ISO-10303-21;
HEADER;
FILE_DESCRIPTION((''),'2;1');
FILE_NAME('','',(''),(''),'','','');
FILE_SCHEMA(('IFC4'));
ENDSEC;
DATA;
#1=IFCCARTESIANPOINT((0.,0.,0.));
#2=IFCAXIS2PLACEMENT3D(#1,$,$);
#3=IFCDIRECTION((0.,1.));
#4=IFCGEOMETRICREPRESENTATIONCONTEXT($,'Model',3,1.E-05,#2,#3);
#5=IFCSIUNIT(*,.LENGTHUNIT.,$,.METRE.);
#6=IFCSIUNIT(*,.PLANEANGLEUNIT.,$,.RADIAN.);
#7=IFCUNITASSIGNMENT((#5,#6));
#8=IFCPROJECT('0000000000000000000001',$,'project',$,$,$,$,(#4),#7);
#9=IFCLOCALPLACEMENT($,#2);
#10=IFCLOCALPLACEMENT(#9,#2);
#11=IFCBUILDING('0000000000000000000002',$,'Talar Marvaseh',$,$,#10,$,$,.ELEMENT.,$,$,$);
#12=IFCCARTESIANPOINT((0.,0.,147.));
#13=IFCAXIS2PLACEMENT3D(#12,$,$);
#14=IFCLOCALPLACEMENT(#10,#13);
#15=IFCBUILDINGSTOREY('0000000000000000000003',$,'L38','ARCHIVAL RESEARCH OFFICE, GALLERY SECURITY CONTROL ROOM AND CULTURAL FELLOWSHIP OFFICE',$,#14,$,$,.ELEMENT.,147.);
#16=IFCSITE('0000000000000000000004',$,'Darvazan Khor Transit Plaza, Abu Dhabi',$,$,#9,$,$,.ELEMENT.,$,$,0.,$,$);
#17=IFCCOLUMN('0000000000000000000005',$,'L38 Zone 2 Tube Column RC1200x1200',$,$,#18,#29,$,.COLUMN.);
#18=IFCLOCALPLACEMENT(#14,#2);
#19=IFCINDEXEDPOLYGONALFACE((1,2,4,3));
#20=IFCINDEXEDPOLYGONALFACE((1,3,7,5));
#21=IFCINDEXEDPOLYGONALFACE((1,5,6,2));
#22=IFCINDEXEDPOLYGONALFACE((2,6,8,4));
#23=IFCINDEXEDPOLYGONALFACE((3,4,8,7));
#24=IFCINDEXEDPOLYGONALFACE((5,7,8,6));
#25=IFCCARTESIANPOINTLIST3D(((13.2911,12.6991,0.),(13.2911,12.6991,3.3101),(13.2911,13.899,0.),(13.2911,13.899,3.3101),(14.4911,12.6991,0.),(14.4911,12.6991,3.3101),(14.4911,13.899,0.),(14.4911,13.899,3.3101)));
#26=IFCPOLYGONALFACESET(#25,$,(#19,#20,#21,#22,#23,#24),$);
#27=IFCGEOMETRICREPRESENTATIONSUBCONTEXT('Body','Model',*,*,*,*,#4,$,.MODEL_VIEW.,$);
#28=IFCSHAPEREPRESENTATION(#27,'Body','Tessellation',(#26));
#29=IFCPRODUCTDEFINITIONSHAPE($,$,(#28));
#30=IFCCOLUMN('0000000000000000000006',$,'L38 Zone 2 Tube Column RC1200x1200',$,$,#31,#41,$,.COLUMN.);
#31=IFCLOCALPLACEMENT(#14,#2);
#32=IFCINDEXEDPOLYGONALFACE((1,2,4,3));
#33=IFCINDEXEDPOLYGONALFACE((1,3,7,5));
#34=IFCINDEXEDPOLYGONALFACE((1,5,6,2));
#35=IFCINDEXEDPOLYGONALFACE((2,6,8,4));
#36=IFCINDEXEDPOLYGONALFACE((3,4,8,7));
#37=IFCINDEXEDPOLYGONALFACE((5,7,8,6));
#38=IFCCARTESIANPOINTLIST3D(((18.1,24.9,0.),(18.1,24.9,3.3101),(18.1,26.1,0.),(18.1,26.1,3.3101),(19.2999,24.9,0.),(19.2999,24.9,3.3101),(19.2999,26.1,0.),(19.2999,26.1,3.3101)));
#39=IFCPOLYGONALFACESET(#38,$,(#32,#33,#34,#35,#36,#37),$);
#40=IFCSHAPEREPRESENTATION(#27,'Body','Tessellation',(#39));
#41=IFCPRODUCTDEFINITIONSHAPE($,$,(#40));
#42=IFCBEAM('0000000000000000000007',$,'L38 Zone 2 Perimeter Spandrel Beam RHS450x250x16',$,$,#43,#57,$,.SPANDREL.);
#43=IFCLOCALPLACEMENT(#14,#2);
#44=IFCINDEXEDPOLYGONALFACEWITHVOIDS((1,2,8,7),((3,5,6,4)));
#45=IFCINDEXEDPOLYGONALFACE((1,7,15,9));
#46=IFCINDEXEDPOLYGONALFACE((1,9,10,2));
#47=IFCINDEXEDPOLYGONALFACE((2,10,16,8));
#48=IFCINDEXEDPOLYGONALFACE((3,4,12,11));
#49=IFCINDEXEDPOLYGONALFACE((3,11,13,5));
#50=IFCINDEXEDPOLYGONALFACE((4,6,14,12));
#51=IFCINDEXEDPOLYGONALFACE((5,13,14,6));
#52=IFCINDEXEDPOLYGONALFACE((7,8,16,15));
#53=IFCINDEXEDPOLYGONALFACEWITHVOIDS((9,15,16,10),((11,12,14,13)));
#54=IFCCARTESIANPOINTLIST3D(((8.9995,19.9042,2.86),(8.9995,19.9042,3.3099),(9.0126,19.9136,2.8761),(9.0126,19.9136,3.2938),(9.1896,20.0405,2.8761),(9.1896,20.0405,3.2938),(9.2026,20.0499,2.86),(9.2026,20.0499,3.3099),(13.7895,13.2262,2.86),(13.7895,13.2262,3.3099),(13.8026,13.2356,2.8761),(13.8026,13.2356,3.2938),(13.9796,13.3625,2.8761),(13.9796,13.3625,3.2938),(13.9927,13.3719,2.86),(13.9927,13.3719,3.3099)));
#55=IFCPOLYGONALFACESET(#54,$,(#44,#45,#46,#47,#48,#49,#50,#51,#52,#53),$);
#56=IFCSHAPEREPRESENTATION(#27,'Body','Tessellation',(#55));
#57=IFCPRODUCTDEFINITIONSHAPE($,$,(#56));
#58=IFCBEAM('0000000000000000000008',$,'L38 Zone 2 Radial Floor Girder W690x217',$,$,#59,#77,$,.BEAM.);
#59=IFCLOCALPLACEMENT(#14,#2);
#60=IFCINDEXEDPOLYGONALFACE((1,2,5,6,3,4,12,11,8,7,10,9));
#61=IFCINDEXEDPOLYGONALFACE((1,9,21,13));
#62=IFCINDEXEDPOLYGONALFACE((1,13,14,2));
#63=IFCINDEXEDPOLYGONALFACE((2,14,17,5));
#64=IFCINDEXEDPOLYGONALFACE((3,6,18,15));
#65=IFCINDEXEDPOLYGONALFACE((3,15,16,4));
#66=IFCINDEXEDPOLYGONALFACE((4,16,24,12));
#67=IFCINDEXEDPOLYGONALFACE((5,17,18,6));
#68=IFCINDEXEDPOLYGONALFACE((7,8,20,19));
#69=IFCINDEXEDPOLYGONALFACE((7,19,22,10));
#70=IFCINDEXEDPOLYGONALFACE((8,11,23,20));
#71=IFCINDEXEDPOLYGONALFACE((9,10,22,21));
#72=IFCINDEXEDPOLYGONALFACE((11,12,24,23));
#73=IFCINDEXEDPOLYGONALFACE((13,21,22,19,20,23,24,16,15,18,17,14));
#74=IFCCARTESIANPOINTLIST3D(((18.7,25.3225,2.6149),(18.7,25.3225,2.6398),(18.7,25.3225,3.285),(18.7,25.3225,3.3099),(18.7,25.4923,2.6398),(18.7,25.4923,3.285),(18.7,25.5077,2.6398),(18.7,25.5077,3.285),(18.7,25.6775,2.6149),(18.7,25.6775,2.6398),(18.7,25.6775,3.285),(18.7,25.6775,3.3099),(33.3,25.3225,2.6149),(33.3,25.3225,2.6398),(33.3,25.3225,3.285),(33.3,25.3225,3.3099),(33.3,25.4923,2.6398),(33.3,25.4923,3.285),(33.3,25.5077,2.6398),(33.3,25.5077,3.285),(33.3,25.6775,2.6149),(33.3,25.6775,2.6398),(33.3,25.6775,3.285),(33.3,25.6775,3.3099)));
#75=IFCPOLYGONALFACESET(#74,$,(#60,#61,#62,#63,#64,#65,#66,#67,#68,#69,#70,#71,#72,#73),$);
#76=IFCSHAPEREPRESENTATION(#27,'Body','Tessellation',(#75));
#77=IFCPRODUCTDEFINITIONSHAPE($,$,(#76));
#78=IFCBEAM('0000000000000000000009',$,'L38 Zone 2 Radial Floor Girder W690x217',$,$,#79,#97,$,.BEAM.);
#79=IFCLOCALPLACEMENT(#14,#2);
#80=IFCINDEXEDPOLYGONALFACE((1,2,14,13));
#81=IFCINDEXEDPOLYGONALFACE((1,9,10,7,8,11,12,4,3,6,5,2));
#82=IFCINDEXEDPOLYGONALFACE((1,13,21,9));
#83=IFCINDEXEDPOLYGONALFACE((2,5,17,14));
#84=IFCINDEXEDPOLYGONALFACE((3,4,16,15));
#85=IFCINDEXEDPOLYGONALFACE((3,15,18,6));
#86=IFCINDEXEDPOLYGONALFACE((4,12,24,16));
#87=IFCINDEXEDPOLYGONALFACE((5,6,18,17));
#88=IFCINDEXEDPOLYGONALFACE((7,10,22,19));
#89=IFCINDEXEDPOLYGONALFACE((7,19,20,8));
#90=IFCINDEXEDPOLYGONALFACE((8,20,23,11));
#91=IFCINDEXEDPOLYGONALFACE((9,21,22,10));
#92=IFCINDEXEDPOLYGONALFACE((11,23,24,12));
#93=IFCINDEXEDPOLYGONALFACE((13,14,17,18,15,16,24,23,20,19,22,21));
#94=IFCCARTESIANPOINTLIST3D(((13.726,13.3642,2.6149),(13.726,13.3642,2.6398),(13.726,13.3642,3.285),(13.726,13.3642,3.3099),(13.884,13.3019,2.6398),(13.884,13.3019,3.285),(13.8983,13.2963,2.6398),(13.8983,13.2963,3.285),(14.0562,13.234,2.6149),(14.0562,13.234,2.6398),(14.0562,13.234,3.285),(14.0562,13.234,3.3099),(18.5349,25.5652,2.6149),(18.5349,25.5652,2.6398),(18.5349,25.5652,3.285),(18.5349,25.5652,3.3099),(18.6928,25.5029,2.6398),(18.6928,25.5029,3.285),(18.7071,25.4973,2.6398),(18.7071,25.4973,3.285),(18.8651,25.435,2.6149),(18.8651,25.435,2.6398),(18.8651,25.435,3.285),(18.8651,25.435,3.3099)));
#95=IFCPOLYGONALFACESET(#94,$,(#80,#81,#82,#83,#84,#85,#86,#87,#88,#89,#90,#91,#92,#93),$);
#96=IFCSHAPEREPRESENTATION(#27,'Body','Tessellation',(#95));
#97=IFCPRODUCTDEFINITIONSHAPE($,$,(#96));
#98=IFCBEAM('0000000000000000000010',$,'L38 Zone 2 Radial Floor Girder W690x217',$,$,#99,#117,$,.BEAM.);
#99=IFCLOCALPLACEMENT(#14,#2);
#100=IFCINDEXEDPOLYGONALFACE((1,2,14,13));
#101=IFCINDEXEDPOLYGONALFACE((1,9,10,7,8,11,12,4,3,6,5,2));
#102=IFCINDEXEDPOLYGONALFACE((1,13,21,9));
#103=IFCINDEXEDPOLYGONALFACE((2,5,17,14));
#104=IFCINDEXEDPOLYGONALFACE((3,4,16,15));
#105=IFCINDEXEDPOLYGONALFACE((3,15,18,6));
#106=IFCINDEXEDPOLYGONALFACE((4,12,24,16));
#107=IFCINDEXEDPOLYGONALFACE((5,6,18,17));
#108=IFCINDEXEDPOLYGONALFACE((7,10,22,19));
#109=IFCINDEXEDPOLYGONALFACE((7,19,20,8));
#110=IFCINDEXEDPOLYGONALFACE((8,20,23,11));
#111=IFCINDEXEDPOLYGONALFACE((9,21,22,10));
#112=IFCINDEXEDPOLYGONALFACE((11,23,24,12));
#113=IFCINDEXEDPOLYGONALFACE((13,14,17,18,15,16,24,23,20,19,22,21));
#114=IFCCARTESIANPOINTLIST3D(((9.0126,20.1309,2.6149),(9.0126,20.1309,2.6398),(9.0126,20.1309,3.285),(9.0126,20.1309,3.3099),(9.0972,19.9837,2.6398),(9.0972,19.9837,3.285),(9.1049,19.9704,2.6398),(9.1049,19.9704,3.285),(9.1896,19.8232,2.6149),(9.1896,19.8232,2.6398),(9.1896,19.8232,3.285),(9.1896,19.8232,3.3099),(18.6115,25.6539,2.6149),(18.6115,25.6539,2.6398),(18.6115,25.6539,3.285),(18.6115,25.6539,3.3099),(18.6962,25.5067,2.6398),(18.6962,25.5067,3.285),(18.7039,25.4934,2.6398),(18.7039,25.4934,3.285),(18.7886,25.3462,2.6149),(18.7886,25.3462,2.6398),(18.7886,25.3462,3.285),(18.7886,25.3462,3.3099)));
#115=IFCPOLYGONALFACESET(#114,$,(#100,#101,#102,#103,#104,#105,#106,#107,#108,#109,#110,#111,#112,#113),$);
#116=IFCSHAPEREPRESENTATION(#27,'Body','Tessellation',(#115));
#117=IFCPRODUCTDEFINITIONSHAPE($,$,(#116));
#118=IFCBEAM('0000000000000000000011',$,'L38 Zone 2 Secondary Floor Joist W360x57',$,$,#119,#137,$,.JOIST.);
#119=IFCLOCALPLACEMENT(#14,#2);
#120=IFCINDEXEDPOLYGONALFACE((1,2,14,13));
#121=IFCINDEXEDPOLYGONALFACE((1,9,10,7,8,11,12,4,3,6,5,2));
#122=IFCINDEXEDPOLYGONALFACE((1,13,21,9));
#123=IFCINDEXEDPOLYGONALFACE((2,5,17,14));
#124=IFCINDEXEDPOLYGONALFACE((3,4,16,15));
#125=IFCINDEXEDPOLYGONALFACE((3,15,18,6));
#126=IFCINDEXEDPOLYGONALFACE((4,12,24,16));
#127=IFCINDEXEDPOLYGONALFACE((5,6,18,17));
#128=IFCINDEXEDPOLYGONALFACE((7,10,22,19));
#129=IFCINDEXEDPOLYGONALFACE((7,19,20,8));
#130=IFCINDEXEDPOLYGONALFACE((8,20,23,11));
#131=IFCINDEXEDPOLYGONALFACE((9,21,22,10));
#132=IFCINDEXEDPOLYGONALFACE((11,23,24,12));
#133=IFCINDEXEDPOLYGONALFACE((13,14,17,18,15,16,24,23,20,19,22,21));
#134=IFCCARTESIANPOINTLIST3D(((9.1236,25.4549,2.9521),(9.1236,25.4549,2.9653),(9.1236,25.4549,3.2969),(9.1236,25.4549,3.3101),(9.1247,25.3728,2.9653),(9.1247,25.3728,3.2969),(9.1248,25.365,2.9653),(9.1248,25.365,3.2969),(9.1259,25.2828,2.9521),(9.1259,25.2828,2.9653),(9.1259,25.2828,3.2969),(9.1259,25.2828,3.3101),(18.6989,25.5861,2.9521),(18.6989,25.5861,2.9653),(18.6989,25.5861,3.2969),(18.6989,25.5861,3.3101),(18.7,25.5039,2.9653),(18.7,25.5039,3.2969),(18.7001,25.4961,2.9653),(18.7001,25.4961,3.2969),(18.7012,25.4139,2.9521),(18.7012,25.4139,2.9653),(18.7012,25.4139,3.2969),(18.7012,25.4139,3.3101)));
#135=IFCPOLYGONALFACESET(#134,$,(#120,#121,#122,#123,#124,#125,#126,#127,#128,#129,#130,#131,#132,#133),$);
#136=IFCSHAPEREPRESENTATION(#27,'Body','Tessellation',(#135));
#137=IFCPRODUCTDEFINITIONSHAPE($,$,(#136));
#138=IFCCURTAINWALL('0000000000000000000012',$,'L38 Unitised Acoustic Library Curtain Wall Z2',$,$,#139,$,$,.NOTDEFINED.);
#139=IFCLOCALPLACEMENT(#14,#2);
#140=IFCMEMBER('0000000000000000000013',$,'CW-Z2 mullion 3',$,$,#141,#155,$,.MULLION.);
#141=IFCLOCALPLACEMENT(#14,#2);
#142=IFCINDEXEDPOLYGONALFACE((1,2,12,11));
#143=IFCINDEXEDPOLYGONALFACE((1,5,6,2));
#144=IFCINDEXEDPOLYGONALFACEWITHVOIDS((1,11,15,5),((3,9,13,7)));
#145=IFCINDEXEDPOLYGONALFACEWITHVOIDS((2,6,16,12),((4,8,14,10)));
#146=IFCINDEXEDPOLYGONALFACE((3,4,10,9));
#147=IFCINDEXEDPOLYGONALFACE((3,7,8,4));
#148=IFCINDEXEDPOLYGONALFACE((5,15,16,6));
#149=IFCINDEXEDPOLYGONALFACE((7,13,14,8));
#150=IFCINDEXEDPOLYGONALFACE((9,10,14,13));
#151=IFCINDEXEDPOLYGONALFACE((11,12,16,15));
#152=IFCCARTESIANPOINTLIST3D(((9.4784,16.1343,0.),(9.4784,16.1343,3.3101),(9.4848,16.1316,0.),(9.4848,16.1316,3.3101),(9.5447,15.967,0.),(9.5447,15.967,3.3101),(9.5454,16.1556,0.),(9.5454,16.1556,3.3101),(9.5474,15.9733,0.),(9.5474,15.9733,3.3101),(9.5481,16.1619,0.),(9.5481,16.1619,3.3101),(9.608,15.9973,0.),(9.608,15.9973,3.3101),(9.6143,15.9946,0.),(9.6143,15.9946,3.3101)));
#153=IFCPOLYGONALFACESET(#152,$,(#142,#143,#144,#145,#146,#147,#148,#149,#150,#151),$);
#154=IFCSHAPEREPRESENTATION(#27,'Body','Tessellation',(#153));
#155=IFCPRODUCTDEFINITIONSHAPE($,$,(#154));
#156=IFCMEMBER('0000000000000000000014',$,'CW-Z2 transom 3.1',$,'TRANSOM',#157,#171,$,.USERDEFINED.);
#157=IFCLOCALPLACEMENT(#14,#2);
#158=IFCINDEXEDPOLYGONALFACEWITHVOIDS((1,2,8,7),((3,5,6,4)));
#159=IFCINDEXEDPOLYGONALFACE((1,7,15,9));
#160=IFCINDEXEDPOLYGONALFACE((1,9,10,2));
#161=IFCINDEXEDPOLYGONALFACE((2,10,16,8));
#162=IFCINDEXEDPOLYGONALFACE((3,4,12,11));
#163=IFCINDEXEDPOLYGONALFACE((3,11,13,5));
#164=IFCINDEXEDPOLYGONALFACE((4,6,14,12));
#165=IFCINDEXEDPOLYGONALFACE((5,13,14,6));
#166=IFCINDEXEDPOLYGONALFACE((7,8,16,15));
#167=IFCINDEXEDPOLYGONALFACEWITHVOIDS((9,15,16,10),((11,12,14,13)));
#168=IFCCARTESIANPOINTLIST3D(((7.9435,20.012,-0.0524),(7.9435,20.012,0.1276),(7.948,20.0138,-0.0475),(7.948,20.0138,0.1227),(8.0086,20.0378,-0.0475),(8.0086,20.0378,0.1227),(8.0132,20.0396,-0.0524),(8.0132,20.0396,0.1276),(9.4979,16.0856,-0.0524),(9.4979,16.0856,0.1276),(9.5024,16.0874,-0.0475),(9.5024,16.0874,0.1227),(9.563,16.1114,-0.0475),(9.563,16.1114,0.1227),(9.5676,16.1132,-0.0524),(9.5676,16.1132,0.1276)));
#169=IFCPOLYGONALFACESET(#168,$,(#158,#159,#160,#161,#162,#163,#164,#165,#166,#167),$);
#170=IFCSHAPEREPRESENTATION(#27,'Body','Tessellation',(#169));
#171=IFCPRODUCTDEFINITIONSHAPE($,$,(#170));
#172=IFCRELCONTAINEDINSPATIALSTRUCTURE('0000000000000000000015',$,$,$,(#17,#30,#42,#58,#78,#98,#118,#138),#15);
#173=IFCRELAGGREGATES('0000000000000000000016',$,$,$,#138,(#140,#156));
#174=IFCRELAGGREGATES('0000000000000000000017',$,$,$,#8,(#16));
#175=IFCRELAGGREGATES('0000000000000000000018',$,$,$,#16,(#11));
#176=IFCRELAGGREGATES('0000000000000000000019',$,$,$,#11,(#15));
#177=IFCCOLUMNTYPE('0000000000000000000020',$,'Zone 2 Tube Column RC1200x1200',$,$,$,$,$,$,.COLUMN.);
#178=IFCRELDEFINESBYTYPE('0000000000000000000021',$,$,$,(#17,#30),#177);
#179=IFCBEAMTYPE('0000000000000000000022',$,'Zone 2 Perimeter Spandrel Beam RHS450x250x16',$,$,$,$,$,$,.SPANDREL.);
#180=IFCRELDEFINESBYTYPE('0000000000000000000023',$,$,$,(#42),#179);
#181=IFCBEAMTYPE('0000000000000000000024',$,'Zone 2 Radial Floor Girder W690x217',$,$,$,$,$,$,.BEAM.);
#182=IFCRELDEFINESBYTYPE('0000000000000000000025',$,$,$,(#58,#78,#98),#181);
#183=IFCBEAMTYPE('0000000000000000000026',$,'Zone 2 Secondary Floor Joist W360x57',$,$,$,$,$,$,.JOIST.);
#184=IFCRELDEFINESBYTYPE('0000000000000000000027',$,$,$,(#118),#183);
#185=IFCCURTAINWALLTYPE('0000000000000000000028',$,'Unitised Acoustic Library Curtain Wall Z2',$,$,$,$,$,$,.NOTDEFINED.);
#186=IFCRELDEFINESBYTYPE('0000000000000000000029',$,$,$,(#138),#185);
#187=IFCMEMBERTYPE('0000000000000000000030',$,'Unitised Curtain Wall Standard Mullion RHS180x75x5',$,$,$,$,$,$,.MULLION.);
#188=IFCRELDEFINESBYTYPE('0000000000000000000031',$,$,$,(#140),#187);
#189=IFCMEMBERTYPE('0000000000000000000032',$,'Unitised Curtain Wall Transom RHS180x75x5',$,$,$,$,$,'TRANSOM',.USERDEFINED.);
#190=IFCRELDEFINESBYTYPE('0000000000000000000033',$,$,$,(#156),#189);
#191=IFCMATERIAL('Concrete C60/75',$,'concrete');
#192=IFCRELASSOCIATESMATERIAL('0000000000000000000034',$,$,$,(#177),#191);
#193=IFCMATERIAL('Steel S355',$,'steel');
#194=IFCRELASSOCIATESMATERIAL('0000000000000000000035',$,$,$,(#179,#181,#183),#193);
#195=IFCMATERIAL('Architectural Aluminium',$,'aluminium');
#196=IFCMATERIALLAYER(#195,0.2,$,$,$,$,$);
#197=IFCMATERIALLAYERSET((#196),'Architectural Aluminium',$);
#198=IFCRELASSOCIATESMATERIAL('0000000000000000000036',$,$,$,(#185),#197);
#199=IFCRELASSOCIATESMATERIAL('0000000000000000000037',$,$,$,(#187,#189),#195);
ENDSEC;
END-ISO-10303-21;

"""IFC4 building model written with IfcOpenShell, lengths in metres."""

from ifc_helpers import new_model, si_unit, direction, frame, origin, origin_2d, place, context, subcontext, project, spatial, rectangle, hollow_rectangle, i_section, extrude, source, transform, mapped, material, layer, layer_set, material_profile, profile_set, type_object, type_shapes, element, aggregate, save


model = new_model("IFC4")

# Units and contexts
model_context = context("Model", 3, precision=1e-05, world=origin(), true_north=direction((0.0, 1.0)))
body_context = subcontext(model_context, "Body", "Model", "MODEL_VIEW")
ifc_project = project(units=[si_unit("LENGTHUNIT", "METRE"), si_unit("PLANEANGLEUNIT", "RADIAN")], contexts=[model_context])

# Site, building, storey
site_placement = place(None, origin())
site = spatial("IfcSite", under=ifc_project, at=site_placement, Name="Darvazan Khor Transit Plaza, Abu Dhabi", CompositionType="ELEMENT", RefElevation=0.0)
building_placement = place(site_placement, origin())
building = spatial("IfcBuilding", under=site, at=building_placement, Name="Talar Marvaseh", CompositionType="ELEMENT")
storey_placement = place(building_placement, frame((0.0, 0.0, 147.0)))
storey = spatial("IfcBuildingStorey", under=building, at=storey_placement, Name="L38", Description="ARCHIVAL RESEARCH OFFICE, GALLERY SECURITY CONTROL ROOM AND CULTURAL FELLOWSHIP OFFICE", CompositionType="ELEMENT", Elevation=147.0)

# Columns
ifc_material_1 = material(Name="Concrete C60/75", Category="concrete")
ifc_material_profile_1 = material_profile(ifc_material_1, rectangle(XDim=1.2, YDim=1.2, at=origin_2d()), Name="RC1200x1200")
ifc_profile_set_1 = profile_set([ifc_material_profile_1], Name="Concrete C60/75")
column_type = type_object("IfcColumnType", Name="Zone 2 Tube Column RC1200x1200", PredefinedType="COLUMN", material=ifc_profile_set_1)
for number, where, z_axis, x_axis, name in (
    (1, (13.8911, 13.2991, 0.0), (0.0, 0.0, 1.0), (1.0, 0.0, 0.0), "L38 Zone 2 Tube Column RC1200x1200"),
    (2, (18.7, 25.5, 0.0), (0.0, 0.0, 1.0), (1.0, 0.0, 0.0), "L38 Zone 2 Tube Column RC1200x1200"),
):
    element("IfcColumn", number, at=place(storey_placement, frame(where, z_axis=z_axis, x_axis=x_axis)), inside=storey, type_object=column_type, Name=name, PredefinedType="COLUMN", context=body_context, shape_type="SweptSolid", body=[
        extrude(rectangle(XDim=1.2, YDim=1.2, at=origin_2d()), origin(), (0.0, 0.0, 1.0), 3.3101),
    ])

# Beams
ifc_material_2 = material(Name="Steel S355", Category="steel")
ifc_material_profile_2 = material_profile(ifc_material_2, hollow_rectangle(XDim=0.25, YDim=0.45, WallThickness=0.0161, at=origin_2d()), Name="RHS450x250x16")
ifc_profile_set_2 = profile_set([ifc_material_profile_2], Name="Steel S355")
beam_type_1 = type_object("IfcBeamType", Name="Zone 2 Perimeter Spandrel Beam RHS450x250x16", PredefinedType="SPANDREL", material=ifc_profile_set_2)
beam_1_placement = place(storey_placement, frame((13.8911, 13.2991, 3.085), z_axis=(-0.582853, 0.812578, 0.0), x_axis=(-0.812578, -0.582853, 0.0)))
element("IfcBeam", 3, at=beam_1_placement, inside=storey, type_object=beam_type_1, Name="L38 Zone 2 Perimeter Spandrel Beam RHS450x250x16", PredefinedType="SPANDREL", context=body_context, shape_type="SweptSolid", body=[
    extrude(hollow_rectangle(XDim=0.25, YDim=0.45, WallThickness=0.0161, at=origin_2d()), origin(), (0.0, 0.0, 1.0), 8.2183),
])
ifc_material_profile_3 = material_profile(ifc_material_2, i_section(OverallWidth=0.355, OverallDepth=0.6951, WebThickness=0.0154, FlangeThickness=0.0249, at=origin_2d()), Name="W690x217")
ifc_profile_set_3 = profile_set([ifc_material_profile_3], Name="Steel S355")
beam_type_2 = type_object("IfcBeamType", Name="Zone 2 Radial Floor Girder W690x217", PredefinedType="BEAM", material=ifc_profile_set_3)
beam_2_placement = place(storey_placement, frame((18.7, 25.5, 2.9624), z_axis=(1.0, 0.0, 0.0), x_axis=(0.0, 1.0, 0.0)))
element("IfcBeam", 4, at=beam_2_placement, inside=storey, type_object=beam_type_2, Name="L38 Zone 2 Radial Floor Girder W690x217", PredefinedType="BEAM", context=body_context, shape_type="SweptSolid", body=[
    extrude(i_section(OverallWidth=0.355, OverallDepth=0.6951, WebThickness=0.0154, FlangeThickness=0.0249, at=origin_2d()), origin(), (0.0, 0.0, 1.0), 14.6001),
])
beam_3_placement = place(storey_placement, frame((13.8911, 13.2991, 2.9624), z_axis=(0.366684, 0.930346, 0.0), x_axis=(-0.930346, 0.366684, 0.0)))
element("IfcBeam", 5, at=beam_3_placement, inside=storey, type_object=beam_type_2, Name="L38 Zone 2 Radial Floor Girder W690x217", PredefinedType="BEAM", context=body_context, shape_type="SweptSolid", body=[
    extrude(i_section(OverallWidth=0.355, OverallDepth=0.6951, WebThickness=0.0154, FlangeThickness=0.0249, at=origin_2d()), origin(), (0.0, 0.0, 1.0), 13.1145),
])
beam_4_placement = place(storey_placement, frame((9.1011, 19.9771, 2.9624), z_axis=(0.866766, 0.498715, 0.0), x_axis=(-0.498715, 0.866766, 0.0)))
element("IfcBeam", 6, at=beam_4_placement, inside=storey, type_object=beam_type_2, Name="L38 Zone 2 Radial Floor Girder W690x217", PredefinedType="BEAM", context=body_context, shape_type="SweptSolid", body=[
    extrude(i_section(OverallWidth=0.355, OverallDepth=0.6951, WebThickness=0.0154, FlangeThickness=0.0249, at=origin_2d()), origin(), (0.0, 0.0, 1.0), 11.0745),
])
ifc_material_profile_4 = material_profile(ifc_material_2, i_section(OverallWidth=0.1721, OverallDepth=0.3579, WebThickness=0.0078, FlangeThickness=0.0132, at=origin_2d()), Name="W360x57")
ifc_profile_set_4 = profile_set([ifc_material_profile_4], Name="Steel S355")
beam_type_3 = type_object("IfcBeamType", Name="Zone 2 Secondary Floor Joist W360x57", PredefinedType="JOIST", material=ifc_profile_set_4)
beam_5_placement = place(storey_placement, frame((9.1248, 25.3689, 3.1311), z_axis=(0.999906, 0.013691, 0.0), x_axis=(-0.013691, 0.999906, 0.0)))
element("IfcBeam", 7, at=beam_5_placement, inside=storey, type_object=beam_type_3, Name="L38 Zone 2 Secondary Floor Joist W360x57", PredefinedType="JOIST", context=body_context, shape_type="SweptSolid", body=[
    extrude(i_section(OverallWidth=0.1721, OverallDepth=0.3579, WebThickness=0.0078, FlangeThickness=0.0132, at=origin_2d()), origin(), (0.0, 0.0, 1.0), 9.5762),
])

# Curtain wall, members
ifc_material_3 = material(Name="Architectural Aluminium", Category="aluminium")
ifc_layer_1 = layer(ifc_material_3, 0.2)
ifc_layer_set_1 = layer_set([ifc_layer_1], Name="Architectural Aluminium")
curtain_wall_type = type_object("IfcCurtainWallType", Name="Unitised Acoustic Library Curtain Wall Z2", PredefinedType="NOTDEFINED", material=ifc_layer_set_1)
curtain_wall_placement = place(storey_placement, origin())
curtain_wall = element("IfcCurtainWall", 8, at=curtain_wall_placement, inside=storey, type_object=curtain_wall_type, Name="L38 Unitised Acoustic Library Curtain Wall Z2", PredefinedType="NOTDEFINED")
ifc_material_profile_5 = material_profile(ifc_material_3, hollow_rectangle(XDim=0.075, YDim=0.1799, WallThickness=0.0049, at=origin_2d()), Name="RHS180x75x5")
ifc_profile_set_5 = profile_set([ifc_material_profile_5], Name="Architectural Aluminium")
member_type_1 = type_object("IfcMemberType", Name="Unitised Curtain Wall Standard Mullion RHS180x75x5", PredefinedType="MULLION", material=ifc_profile_set_5)
shared_shape_1 = source(origin(), body_context, "Body", "SweptSolid", [
    extrude(hollow_rectangle(XDim=0.075, YDim=0.1799, WallThickness=0.0049, at=origin_2d()), origin(), (0.0, 0.0, 1.0), 3.3101),
])
type_shapes(member_type_1, [shared_shape_1])
member_1_placement = place(storey_placement, frame((9.5464, 16.0645, 0.0), z_axis=(0.0, 0.0, 1.0), x_axis=(-0.929802, -0.36806, 0.0)))
member_1 = element("IfcMember", 9, at=member_1_placement, type_object=member_type_1, Name="CW-Z2 mullion 3", PredefinedType="MULLION", context=body_context, shape_type="MappedRepresentation", body=[
    mapped(shared_shape_1, transform((0.0, 0.0, 0.0), x_axis=(1.0, 0.0, 0.0), y_axis=(0.0, 1.0, 0.0), z_axis=(0.0, 0.0, 1.0), scale=1.0)),
])
ifc_material_profile_6 = material_profile(ifc_material_3, hollow_rectangle(XDim=0.075, YDim=0.1799, WallThickness=0.0049, at=origin_2d()), Name="RHS180x75x5")
ifc_profile_set_6 = profile_set([ifc_material_profile_6], Name="Architectural Aluminium")
member_type_2 = type_object("IfcMemberType", Name="Unitised Curtain Wall Transom RHS180x75x5", ElementType="TRANSOM", PredefinedType="USERDEFINED", material=ifc_profile_set_6)
shared_shape_2 = source(origin(), body_context, "Body", "SweptSolid", [
    extrude(hollow_rectangle(XDim=0.075, YDim=0.1799, WallThickness=0.0049, at=origin_2d()), origin(), (0.0, 0.0, 1.0), 4.2229),
])
type_shapes(member_type_2, [shared_shape_2])
member_2_placement = place(storey_placement, frame((9.5327, 16.0994, 0.0376), z_axis=(-0.368089, 0.929791, 0.0), x_axis=(-0.929791, -0.368089, 0.0)))
member_2 = element("IfcMember", 10, at=member_2_placement, type_object=member_type_2, Name="CW-Z2 transom 3.1", ObjectType="TRANSOM", PredefinedType="USERDEFINED", context=body_context, shape_type="MappedRepresentation", body=[
    mapped(shared_shape_2, transform((0.0, 0.0, 0.0), x_axis=(1.0, 0.0, 0.0), y_axis=(0.0, 1.0, 0.0), z_axis=(0.0, 0.0, 1.0), scale=1.0)),
])
aggregate(curtain_wall, [member_1, member_2])

save(model, "model.ifc")
